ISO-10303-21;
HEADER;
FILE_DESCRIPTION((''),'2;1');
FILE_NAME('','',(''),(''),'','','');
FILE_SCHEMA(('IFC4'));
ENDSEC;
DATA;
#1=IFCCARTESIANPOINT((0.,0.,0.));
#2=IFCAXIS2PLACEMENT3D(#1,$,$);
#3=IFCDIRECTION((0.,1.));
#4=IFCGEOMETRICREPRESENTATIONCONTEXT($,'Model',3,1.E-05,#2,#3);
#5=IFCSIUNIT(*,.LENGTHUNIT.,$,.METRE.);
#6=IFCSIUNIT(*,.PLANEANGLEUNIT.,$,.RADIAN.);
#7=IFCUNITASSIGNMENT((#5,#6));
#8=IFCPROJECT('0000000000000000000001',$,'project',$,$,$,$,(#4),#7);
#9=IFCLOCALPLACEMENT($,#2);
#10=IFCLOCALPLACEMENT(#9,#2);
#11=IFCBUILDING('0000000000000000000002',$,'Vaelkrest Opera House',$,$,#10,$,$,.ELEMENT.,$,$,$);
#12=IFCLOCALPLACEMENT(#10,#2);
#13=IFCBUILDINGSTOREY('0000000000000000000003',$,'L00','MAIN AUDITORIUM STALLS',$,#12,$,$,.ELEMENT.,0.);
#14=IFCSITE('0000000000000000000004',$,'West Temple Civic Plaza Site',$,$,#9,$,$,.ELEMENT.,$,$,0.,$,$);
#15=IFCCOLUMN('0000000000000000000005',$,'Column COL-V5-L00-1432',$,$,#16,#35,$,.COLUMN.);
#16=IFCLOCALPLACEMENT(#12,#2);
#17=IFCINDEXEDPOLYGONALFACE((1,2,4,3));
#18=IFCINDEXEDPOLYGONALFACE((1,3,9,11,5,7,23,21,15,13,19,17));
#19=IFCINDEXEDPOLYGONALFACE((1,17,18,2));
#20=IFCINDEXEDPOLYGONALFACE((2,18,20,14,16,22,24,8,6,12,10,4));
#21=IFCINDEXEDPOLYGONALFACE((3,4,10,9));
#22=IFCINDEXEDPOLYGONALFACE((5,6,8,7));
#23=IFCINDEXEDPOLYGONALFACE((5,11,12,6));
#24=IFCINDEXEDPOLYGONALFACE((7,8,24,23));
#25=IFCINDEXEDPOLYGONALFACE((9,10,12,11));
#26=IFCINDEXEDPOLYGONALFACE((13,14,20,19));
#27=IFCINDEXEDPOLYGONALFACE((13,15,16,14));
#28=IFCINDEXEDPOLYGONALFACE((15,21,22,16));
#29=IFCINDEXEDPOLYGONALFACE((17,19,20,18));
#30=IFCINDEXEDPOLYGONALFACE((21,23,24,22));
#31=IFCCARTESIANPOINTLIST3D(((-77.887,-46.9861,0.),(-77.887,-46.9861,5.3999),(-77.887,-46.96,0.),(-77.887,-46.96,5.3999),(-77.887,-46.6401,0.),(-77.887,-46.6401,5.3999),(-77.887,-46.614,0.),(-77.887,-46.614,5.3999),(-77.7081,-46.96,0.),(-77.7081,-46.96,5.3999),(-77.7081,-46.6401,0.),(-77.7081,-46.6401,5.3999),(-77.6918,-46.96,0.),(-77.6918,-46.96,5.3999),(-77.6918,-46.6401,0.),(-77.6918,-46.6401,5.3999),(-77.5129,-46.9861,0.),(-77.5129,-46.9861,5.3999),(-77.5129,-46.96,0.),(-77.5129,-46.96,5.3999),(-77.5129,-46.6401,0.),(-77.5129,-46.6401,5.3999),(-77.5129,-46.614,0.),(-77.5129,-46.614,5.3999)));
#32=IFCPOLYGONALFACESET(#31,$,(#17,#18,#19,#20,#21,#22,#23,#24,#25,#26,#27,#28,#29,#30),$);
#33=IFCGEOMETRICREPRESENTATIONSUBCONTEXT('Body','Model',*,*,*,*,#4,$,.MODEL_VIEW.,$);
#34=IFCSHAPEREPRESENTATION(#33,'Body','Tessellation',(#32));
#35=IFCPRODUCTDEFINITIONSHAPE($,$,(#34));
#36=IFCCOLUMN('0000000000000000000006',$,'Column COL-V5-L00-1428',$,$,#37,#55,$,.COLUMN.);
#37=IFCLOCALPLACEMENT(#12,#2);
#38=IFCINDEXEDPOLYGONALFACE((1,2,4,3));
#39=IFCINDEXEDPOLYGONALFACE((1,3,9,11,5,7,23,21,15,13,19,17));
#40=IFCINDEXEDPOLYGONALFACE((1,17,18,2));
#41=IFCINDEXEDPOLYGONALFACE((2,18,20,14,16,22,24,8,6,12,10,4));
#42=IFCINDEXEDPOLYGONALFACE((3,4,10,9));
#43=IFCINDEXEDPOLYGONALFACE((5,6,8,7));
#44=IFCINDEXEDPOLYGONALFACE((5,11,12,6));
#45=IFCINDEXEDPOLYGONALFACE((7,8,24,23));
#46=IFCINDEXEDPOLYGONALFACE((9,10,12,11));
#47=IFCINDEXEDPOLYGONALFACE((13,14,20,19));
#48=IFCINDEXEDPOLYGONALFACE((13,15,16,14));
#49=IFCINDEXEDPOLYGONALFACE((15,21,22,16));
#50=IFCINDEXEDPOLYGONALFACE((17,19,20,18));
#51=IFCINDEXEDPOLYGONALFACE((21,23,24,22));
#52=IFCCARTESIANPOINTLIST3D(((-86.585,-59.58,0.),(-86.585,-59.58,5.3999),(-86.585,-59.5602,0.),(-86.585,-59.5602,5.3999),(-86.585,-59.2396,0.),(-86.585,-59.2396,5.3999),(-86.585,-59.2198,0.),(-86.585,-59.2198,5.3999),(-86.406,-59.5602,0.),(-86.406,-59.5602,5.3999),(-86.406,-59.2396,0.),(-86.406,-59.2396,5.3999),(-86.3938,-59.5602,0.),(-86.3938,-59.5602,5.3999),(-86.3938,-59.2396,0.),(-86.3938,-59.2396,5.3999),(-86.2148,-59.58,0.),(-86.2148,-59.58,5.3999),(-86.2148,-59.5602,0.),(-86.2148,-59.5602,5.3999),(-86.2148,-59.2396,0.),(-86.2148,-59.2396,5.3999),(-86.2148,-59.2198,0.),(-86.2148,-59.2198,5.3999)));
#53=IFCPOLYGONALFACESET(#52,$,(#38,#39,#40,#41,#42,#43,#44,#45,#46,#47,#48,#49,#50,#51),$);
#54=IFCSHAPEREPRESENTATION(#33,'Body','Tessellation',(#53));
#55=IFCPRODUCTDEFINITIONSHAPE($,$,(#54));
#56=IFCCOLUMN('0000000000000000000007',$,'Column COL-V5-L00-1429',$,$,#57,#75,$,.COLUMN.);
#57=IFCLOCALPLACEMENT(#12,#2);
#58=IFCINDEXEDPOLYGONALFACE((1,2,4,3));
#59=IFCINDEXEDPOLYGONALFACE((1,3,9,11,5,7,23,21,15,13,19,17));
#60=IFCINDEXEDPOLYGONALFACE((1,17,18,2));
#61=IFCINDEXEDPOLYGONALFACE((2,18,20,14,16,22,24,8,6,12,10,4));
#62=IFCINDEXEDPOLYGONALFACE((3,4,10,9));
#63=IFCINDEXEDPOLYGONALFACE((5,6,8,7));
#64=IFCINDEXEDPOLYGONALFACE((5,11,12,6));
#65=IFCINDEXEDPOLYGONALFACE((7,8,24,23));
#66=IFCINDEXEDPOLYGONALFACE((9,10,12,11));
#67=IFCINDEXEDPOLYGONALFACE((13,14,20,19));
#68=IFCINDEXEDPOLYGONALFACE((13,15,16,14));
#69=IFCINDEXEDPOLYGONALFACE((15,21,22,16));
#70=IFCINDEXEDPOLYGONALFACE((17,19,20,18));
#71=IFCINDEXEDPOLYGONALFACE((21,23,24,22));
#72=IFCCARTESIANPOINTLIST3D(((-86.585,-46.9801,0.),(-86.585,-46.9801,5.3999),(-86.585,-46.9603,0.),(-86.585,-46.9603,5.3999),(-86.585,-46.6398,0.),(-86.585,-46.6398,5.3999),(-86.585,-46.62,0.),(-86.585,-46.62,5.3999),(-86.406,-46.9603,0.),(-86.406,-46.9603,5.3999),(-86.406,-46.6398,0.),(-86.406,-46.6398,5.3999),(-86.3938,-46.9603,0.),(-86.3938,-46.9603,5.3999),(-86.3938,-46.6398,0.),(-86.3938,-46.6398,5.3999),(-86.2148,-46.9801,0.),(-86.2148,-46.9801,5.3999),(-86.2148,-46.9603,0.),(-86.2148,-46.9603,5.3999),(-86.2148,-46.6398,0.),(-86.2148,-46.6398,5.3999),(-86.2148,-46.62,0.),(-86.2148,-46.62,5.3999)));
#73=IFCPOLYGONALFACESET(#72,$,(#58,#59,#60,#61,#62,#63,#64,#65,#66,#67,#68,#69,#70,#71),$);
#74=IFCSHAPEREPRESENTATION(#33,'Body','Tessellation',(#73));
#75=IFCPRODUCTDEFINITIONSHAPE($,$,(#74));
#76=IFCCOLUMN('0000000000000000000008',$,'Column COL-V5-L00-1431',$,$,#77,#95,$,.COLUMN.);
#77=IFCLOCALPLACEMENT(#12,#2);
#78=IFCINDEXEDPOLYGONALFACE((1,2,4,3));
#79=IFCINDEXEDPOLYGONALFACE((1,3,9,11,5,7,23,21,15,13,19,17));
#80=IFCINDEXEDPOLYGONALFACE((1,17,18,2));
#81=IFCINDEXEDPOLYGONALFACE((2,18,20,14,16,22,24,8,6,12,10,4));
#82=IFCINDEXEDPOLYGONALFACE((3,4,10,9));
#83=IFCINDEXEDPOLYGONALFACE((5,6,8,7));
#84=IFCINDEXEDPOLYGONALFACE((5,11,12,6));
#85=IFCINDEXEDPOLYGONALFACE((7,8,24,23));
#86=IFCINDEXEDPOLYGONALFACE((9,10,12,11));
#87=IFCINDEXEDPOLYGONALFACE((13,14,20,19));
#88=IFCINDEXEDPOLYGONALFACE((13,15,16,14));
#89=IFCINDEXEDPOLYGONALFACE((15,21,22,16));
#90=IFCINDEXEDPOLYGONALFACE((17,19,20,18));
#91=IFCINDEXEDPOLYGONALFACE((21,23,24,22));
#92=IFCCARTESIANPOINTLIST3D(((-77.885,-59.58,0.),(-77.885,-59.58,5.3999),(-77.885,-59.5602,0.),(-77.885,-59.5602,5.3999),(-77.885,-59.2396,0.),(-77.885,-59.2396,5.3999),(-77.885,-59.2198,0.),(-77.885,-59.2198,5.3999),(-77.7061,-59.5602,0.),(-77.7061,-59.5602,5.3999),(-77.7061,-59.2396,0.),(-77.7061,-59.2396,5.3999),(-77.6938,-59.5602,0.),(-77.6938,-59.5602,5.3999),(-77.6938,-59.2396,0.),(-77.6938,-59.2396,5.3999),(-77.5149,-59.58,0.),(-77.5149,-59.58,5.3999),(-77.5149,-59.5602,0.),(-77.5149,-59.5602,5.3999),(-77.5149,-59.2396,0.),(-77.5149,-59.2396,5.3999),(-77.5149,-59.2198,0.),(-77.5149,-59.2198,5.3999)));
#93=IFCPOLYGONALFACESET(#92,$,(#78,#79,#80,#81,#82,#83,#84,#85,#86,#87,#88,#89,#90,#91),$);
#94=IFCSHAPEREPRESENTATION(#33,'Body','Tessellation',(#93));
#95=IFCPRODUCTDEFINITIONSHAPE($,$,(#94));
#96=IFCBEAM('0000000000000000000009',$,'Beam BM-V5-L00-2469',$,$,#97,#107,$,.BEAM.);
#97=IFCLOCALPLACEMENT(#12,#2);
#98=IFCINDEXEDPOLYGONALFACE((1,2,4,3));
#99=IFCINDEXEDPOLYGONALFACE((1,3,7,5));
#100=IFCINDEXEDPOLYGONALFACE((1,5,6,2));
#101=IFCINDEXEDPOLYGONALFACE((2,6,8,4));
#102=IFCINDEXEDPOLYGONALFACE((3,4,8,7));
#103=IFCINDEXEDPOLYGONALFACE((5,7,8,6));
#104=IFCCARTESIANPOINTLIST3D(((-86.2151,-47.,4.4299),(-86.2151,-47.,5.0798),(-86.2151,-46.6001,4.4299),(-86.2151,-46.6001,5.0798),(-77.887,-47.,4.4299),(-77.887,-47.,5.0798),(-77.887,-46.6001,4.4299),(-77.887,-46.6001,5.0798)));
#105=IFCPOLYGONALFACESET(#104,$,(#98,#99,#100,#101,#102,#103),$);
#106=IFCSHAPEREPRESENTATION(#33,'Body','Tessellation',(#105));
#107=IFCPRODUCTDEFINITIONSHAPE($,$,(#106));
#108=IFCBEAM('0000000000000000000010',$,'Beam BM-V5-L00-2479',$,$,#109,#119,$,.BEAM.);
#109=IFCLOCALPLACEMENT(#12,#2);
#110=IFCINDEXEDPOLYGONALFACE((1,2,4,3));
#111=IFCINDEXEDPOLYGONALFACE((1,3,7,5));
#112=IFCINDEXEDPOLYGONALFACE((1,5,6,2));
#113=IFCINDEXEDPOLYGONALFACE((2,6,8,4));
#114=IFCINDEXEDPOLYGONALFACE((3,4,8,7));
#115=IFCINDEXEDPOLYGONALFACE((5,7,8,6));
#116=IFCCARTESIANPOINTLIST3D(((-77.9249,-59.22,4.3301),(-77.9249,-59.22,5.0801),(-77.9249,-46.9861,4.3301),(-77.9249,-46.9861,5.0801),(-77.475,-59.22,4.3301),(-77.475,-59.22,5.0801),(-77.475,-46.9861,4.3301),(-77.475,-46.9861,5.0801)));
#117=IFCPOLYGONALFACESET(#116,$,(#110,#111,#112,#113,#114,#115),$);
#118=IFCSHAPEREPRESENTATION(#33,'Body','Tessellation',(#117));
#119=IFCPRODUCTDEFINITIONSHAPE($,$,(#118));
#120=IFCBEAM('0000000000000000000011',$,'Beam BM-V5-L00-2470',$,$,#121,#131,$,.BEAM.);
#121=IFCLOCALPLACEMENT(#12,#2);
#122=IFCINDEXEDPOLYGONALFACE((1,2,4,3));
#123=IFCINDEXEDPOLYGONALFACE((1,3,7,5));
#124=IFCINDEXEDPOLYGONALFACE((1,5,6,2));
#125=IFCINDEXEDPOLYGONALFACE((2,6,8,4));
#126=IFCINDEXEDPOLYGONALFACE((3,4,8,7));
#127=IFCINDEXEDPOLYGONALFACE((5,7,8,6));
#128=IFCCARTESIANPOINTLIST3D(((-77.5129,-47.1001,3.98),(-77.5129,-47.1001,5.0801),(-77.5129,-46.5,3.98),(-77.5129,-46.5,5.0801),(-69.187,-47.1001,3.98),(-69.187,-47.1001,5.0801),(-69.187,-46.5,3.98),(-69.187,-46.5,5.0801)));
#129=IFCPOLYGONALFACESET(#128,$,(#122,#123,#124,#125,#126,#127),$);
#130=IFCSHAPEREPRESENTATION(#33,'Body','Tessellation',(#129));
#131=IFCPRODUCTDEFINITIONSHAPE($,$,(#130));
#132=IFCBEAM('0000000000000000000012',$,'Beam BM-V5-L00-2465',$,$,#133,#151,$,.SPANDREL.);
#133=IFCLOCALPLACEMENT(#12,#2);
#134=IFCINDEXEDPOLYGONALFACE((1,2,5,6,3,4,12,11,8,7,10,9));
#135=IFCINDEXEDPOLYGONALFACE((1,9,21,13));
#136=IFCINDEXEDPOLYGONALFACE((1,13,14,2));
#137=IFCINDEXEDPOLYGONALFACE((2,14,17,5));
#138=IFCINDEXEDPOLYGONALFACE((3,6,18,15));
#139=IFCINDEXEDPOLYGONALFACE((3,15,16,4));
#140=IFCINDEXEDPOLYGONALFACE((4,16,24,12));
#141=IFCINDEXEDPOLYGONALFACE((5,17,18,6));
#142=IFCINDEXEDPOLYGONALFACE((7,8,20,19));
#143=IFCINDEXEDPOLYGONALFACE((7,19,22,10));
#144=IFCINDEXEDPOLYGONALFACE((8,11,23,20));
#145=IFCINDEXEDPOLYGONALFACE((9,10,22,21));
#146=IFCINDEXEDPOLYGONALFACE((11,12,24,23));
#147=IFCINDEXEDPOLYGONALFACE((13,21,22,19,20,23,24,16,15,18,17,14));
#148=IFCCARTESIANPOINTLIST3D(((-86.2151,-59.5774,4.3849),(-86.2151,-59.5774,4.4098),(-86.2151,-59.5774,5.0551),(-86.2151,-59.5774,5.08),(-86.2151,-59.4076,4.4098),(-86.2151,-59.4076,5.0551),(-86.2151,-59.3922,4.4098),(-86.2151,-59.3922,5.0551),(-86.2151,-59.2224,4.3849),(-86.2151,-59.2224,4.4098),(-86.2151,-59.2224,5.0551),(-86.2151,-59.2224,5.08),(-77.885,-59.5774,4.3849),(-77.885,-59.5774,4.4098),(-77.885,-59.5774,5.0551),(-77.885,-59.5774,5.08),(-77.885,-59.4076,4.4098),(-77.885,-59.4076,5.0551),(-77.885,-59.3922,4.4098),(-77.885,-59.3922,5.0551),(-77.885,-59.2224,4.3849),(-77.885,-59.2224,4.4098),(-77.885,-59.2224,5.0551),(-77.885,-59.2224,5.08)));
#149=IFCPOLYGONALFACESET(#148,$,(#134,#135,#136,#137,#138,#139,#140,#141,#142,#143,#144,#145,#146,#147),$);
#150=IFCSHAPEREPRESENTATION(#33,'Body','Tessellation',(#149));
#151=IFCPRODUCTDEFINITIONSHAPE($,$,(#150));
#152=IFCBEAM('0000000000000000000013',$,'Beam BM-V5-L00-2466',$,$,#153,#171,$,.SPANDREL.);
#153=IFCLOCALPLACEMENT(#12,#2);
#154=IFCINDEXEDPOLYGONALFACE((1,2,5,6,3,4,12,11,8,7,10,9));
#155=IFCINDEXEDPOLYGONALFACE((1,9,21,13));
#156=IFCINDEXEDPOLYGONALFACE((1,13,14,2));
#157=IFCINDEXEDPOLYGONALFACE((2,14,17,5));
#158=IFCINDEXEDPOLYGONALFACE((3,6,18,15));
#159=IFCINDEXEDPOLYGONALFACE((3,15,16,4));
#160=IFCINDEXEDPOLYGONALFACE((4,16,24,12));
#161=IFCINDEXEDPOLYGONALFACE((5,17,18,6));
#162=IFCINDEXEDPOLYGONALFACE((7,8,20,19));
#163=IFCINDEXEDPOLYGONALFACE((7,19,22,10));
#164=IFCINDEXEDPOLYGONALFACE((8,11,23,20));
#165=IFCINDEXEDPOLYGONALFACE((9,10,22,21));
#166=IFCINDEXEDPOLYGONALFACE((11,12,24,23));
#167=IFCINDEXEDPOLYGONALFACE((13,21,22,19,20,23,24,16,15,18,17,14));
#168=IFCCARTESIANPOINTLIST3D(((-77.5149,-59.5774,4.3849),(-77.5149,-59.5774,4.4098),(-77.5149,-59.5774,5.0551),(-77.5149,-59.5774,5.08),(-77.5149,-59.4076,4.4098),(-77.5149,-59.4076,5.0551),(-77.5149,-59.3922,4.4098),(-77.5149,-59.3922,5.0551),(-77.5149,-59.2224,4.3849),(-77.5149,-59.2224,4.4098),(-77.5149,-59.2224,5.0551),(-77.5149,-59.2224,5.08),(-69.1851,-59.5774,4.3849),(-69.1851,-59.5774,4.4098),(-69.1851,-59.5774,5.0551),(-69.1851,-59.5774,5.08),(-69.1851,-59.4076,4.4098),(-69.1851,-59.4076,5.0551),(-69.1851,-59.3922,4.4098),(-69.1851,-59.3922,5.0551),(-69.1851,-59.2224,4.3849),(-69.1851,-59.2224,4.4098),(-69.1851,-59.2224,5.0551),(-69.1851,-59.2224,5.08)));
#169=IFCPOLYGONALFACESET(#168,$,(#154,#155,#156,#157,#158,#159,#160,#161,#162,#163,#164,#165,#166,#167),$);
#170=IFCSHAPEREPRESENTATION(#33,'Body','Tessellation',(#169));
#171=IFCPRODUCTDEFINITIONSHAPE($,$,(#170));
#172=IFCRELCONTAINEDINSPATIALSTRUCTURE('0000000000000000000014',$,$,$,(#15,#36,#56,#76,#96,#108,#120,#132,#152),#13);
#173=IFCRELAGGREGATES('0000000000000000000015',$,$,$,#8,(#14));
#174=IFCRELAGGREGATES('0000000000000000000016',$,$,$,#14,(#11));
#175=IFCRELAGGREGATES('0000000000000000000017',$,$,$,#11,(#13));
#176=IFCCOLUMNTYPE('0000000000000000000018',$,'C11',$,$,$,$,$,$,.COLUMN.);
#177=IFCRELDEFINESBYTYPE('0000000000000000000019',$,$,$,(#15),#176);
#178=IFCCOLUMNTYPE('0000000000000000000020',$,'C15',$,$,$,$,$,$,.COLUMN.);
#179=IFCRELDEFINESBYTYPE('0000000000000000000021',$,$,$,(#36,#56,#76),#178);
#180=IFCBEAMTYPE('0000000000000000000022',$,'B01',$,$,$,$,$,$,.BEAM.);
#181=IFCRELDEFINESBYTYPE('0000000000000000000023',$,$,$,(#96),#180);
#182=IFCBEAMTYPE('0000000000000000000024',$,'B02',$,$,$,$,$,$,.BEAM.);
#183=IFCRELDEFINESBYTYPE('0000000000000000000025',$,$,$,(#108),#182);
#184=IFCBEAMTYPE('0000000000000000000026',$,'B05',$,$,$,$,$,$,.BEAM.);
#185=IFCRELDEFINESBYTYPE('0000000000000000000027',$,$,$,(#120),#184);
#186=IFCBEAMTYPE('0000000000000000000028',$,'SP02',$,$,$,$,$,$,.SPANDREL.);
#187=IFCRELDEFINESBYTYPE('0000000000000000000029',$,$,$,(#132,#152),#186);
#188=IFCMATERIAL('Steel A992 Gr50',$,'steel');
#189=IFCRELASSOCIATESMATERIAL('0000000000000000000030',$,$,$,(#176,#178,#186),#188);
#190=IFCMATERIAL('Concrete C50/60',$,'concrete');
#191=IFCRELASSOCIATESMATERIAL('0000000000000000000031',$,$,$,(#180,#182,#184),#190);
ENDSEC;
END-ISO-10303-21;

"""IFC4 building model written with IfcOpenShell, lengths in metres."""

from ifc_helpers import new_model, si_unit, direction, frame, origin, origin_2d, place, context, subcontext, project, spatial, rectangle, i_section, extrude, material, material_profile, profile_set, type_object, element, save


model = new_model("IFC4")

# Units and contexts
model_context = context("Model", 3, precision=1e-05, world=origin(), true_north=direction((0.0, 1.0)))
body_context = subcontext(model_context, "Body", "Model", "MODEL_VIEW")
ifc_project = project(units=[si_unit("LENGTHUNIT", "METRE"), si_unit("PLANEANGLEUNIT", "RADIAN")], contexts=[model_context])

# Site, building, storey
site_placement = place(None, origin())
site = spatial("IfcSite", under=ifc_project, at=site_placement, Name="West Temple Civic Plaza Site", CompositionType="ELEMENT", RefElevation=0.0)
building_placement = place(site_placement, origin())
building = spatial("IfcBuilding", under=site, at=building_placement, Name="Vaelkrest Opera House", CompositionType="ELEMENT")
storey_placement = place(building_placement, origin())
storey = spatial("IfcBuildingStorey", under=building, at=storey_placement, Name="L00", Description="MAIN AUDITORIUM STALLS", CompositionType="ELEMENT", Elevation=0.0)

# Columns
ifc_material_1 = material(Name="Steel A992 Gr50", Category="steel")
ifc_material_profile_1 = material_profile(ifc_material_1, i_section(OverallWidth=0.374, OverallDepth=0.3721, WebThickness=0.0164, FlangeThickness=0.0261, at=origin_2d()), Name="W14X132")
ifc_profile_set_1 = profile_set([ifc_material_profile_1], Name="Steel A992 Gr50")
column_type_1 = type_object("IfcColumnType", Name="C11", PredefinedType="COLUMN", material=ifc_profile_set_1)
column_placement = place(storey_placement, frame((-77.7, -46.8, 0.0), z_axis=(0.0, 0.0, 1.0), x_axis=(1.0, 0.0, 0.0)))
element("IfcColumn", 1, at=column_placement, inside=storey, type_object=column_type_1, Name="Column COL-V5-L00-1432", PredefinedType="COLUMN", context=body_context, shape_type="SweptSolid", body=[
    extrude(i_section(OverallWidth=0.374, OverallDepth=0.3721, WebThickness=0.0164, FlangeThickness=0.0261, at=origin_2d()), origin(), (0.0, 0.0, 1.0), 5.3999),
])
ifc_material_profile_2 = material_profile(ifc_material_1, i_section(OverallWidth=0.3701, OverallDepth=0.3601, WebThickness=0.0122, FlangeThickness=0.0198, at=origin_2d()), Name="W14X99")
ifc_profile_set_2 = profile_set([ifc_material_profile_2], Name="Steel A992 Gr50")
column_type_2 = type_object("IfcColumnType", Name="C15", PredefinedType="COLUMN", material=ifc_profile_set_2)
for number, where, z_axis, x_axis, name in (
    (2, (-86.3999, -59.3999, 0.0), (0.0, 0.0, 1.0), (1.0, 0.0, 0.0), "Column COL-V5-L00-1428"),
    (3, (-86.3999, -46.8, 0.0), (0.0, 0.0, 1.0), (1.0, 0.0, 0.0), "Column COL-V5-L00-1429"),
    (4, (-77.7, -59.3999, 0.0), (0.0, 0.0, 1.0), (1.0, 0.0, 0.0), "Column COL-V5-L00-1431"),
):
    element("IfcColumn", number, at=place(storey_placement, frame(where, z_axis=z_axis, x_axis=x_axis)), inside=storey, type_object=column_type_2, Name=name, PredefinedType="COLUMN", context=body_context, shape_type="SweptSolid", body=[
        extrude(i_section(OverallWidth=0.3701, OverallDepth=0.3601, WebThickness=0.0122, FlangeThickness=0.0198, at=origin_2d()), origin(), (0.0, 0.0, 1.0), 5.3999),
    ])

# Beams
ifc_material_2 = material(Name="Concrete C50/60", Category="concrete")
ifc_material_profile_3 = material_profile(ifc_material_2, rectangle(XDim=0.3999, YDim=0.6499, at=origin_2d()), Name="RCB400X650")
ifc_profile_set_3 = profile_set([ifc_material_profile_3], Name="Concrete C50/60")
beam_type_1 = type_object("IfcBeamType", Name="B01", PredefinedType="BEAM", material=ifc_profile_set_3)
beam_1_placement = place(storey_placement, frame((-86.2151, -46.8, 4.7549), z_axis=(1.0, 0.0, 0.0), x_axis=(0.0, 1.0, 0.0)))
element("IfcBeam", 5, at=beam_1_placement, inside=storey, type_object=beam_type_1, Name="Beam BM-V5-L00-2469", PredefinedType="BEAM", context=body_context, shape_type="SweptSolid", body=[
    extrude(rectangle(XDim=0.3999, YDim=0.6499, at=origin_2d()), origin(), (0.0, 0.0, 1.0), 8.3281),
])
ifc_material_profile_4 = material_profile(ifc_material_2, rectangle(XDim=0.45, YDim=0.75, at=origin_2d()), Name="RCB450X750")
ifc_profile_set_4 = profile_set([ifc_material_profile_4], Name="Concrete C50/60")
beam_type_2 = type_object("IfcBeamType", Name="B02", PredefinedType="BEAM", material=ifc_profile_set_4)
beam_2_placement = place(storey_placement, frame((-77.7, -59.22, 4.7051), z_axis=(0.0, 1.0, 0.0), x_axis=(-1.0, 0.0, 0.0)))
element("IfcBeam", 6, at=beam_2_placement, inside=storey, type_object=beam_type_2, Name="Beam BM-V5-L00-2479", PredefinedType="BEAM", context=body_context, shape_type="SweptSolid", body=[
    extrude(rectangle(XDim=0.45, YDim=0.75, at=origin_2d()), origin(), (0.0, 0.0, 1.0), 12.2339),
])
ifc_material_profile_5 = material_profile(ifc_material_2, rectangle(XDim=0.6001, YDim=1.1001, at=origin_2d()), Name="RCB600X1100")
ifc_profile_set_5 = profile_set([ifc_material_profile_5], Name="Concrete C50/60")
beam_type_3 = type_object("IfcBeamType", Name="B05", PredefinedType="BEAM", material=ifc_profile_set_5)
beam_3_placement = place(storey_placement, frame((-77.5129, -46.8, 4.53), z_axis=(1.0, 0.0, 0.0), x_axis=(0.0, 1.0, 0.0)))
element("IfcBeam", 7, at=beam_3_placement, inside=storey, type_object=beam_type_3, Name="Beam BM-V5-L00-2470", PredefinedType="BEAM", context=body_context, shape_type="SweptSolid", body=[
    extrude(rectangle(XDim=0.6001, YDim=1.1001, at=origin_2d()), origin(), (0.0, 0.0, 1.0), 8.3259),
])
ifc_material_profile_6 = material_profile(ifc_material_1, i_section(OverallWidth=0.355, OverallDepth=0.6951, WebThickness=0.0154, FlangeThickness=0.0249, at=origin_2d()), Name="W27X146")
ifc_profile_set_6 = profile_set([ifc_material_profile_6], Name="Steel A992 Gr50")
beam_type_4 = type_object("IfcBeamType", Name="SP02", PredefinedType="SPANDREL", material=ifc_profile_set_6)
beam_4_placement = place(storey_placement, frame((-86.2151, -59.3999, 4.7324), z_axis=(1.0, 0.0, 0.0), x_axis=(0.0, 1.0, 0.0)))
element("IfcBeam", 8, at=beam_4_placement, inside=storey, type_object=beam_type_4, Name="Beam BM-V5-L00-2465", PredefinedType="SPANDREL", context=body_context, shape_type="SweptSolid", body=[
    extrude(i_section(OverallWidth=0.355, OverallDepth=0.6951, WebThickness=0.0154, FlangeThickness=0.0249, at=origin_2d()), origin(), (0.0, 0.0, 1.0), 8.3301),
])
beam_5_placement = place(storey_placement, frame((-77.5149, -59.3999, 4.7324), z_axis=(1.0, 0.0, 0.0), x_axis=(0.0, 1.0, 0.0)))
element("IfcBeam", 9, at=beam_5_placement, inside=storey, type_object=beam_type_4, Name="Beam BM-V5-L00-2466", PredefinedType="SPANDREL", context=body_context, shape_type="SweptSolid", body=[
    extrude(i_section(OverallWidth=0.355, OverallDepth=0.6951, WebThickness=0.0154, FlangeThickness=0.0249, at=origin_2d()), origin(), (0.0, 0.0, 1.0), 8.3298),
])

save(model, "model.ifc")
